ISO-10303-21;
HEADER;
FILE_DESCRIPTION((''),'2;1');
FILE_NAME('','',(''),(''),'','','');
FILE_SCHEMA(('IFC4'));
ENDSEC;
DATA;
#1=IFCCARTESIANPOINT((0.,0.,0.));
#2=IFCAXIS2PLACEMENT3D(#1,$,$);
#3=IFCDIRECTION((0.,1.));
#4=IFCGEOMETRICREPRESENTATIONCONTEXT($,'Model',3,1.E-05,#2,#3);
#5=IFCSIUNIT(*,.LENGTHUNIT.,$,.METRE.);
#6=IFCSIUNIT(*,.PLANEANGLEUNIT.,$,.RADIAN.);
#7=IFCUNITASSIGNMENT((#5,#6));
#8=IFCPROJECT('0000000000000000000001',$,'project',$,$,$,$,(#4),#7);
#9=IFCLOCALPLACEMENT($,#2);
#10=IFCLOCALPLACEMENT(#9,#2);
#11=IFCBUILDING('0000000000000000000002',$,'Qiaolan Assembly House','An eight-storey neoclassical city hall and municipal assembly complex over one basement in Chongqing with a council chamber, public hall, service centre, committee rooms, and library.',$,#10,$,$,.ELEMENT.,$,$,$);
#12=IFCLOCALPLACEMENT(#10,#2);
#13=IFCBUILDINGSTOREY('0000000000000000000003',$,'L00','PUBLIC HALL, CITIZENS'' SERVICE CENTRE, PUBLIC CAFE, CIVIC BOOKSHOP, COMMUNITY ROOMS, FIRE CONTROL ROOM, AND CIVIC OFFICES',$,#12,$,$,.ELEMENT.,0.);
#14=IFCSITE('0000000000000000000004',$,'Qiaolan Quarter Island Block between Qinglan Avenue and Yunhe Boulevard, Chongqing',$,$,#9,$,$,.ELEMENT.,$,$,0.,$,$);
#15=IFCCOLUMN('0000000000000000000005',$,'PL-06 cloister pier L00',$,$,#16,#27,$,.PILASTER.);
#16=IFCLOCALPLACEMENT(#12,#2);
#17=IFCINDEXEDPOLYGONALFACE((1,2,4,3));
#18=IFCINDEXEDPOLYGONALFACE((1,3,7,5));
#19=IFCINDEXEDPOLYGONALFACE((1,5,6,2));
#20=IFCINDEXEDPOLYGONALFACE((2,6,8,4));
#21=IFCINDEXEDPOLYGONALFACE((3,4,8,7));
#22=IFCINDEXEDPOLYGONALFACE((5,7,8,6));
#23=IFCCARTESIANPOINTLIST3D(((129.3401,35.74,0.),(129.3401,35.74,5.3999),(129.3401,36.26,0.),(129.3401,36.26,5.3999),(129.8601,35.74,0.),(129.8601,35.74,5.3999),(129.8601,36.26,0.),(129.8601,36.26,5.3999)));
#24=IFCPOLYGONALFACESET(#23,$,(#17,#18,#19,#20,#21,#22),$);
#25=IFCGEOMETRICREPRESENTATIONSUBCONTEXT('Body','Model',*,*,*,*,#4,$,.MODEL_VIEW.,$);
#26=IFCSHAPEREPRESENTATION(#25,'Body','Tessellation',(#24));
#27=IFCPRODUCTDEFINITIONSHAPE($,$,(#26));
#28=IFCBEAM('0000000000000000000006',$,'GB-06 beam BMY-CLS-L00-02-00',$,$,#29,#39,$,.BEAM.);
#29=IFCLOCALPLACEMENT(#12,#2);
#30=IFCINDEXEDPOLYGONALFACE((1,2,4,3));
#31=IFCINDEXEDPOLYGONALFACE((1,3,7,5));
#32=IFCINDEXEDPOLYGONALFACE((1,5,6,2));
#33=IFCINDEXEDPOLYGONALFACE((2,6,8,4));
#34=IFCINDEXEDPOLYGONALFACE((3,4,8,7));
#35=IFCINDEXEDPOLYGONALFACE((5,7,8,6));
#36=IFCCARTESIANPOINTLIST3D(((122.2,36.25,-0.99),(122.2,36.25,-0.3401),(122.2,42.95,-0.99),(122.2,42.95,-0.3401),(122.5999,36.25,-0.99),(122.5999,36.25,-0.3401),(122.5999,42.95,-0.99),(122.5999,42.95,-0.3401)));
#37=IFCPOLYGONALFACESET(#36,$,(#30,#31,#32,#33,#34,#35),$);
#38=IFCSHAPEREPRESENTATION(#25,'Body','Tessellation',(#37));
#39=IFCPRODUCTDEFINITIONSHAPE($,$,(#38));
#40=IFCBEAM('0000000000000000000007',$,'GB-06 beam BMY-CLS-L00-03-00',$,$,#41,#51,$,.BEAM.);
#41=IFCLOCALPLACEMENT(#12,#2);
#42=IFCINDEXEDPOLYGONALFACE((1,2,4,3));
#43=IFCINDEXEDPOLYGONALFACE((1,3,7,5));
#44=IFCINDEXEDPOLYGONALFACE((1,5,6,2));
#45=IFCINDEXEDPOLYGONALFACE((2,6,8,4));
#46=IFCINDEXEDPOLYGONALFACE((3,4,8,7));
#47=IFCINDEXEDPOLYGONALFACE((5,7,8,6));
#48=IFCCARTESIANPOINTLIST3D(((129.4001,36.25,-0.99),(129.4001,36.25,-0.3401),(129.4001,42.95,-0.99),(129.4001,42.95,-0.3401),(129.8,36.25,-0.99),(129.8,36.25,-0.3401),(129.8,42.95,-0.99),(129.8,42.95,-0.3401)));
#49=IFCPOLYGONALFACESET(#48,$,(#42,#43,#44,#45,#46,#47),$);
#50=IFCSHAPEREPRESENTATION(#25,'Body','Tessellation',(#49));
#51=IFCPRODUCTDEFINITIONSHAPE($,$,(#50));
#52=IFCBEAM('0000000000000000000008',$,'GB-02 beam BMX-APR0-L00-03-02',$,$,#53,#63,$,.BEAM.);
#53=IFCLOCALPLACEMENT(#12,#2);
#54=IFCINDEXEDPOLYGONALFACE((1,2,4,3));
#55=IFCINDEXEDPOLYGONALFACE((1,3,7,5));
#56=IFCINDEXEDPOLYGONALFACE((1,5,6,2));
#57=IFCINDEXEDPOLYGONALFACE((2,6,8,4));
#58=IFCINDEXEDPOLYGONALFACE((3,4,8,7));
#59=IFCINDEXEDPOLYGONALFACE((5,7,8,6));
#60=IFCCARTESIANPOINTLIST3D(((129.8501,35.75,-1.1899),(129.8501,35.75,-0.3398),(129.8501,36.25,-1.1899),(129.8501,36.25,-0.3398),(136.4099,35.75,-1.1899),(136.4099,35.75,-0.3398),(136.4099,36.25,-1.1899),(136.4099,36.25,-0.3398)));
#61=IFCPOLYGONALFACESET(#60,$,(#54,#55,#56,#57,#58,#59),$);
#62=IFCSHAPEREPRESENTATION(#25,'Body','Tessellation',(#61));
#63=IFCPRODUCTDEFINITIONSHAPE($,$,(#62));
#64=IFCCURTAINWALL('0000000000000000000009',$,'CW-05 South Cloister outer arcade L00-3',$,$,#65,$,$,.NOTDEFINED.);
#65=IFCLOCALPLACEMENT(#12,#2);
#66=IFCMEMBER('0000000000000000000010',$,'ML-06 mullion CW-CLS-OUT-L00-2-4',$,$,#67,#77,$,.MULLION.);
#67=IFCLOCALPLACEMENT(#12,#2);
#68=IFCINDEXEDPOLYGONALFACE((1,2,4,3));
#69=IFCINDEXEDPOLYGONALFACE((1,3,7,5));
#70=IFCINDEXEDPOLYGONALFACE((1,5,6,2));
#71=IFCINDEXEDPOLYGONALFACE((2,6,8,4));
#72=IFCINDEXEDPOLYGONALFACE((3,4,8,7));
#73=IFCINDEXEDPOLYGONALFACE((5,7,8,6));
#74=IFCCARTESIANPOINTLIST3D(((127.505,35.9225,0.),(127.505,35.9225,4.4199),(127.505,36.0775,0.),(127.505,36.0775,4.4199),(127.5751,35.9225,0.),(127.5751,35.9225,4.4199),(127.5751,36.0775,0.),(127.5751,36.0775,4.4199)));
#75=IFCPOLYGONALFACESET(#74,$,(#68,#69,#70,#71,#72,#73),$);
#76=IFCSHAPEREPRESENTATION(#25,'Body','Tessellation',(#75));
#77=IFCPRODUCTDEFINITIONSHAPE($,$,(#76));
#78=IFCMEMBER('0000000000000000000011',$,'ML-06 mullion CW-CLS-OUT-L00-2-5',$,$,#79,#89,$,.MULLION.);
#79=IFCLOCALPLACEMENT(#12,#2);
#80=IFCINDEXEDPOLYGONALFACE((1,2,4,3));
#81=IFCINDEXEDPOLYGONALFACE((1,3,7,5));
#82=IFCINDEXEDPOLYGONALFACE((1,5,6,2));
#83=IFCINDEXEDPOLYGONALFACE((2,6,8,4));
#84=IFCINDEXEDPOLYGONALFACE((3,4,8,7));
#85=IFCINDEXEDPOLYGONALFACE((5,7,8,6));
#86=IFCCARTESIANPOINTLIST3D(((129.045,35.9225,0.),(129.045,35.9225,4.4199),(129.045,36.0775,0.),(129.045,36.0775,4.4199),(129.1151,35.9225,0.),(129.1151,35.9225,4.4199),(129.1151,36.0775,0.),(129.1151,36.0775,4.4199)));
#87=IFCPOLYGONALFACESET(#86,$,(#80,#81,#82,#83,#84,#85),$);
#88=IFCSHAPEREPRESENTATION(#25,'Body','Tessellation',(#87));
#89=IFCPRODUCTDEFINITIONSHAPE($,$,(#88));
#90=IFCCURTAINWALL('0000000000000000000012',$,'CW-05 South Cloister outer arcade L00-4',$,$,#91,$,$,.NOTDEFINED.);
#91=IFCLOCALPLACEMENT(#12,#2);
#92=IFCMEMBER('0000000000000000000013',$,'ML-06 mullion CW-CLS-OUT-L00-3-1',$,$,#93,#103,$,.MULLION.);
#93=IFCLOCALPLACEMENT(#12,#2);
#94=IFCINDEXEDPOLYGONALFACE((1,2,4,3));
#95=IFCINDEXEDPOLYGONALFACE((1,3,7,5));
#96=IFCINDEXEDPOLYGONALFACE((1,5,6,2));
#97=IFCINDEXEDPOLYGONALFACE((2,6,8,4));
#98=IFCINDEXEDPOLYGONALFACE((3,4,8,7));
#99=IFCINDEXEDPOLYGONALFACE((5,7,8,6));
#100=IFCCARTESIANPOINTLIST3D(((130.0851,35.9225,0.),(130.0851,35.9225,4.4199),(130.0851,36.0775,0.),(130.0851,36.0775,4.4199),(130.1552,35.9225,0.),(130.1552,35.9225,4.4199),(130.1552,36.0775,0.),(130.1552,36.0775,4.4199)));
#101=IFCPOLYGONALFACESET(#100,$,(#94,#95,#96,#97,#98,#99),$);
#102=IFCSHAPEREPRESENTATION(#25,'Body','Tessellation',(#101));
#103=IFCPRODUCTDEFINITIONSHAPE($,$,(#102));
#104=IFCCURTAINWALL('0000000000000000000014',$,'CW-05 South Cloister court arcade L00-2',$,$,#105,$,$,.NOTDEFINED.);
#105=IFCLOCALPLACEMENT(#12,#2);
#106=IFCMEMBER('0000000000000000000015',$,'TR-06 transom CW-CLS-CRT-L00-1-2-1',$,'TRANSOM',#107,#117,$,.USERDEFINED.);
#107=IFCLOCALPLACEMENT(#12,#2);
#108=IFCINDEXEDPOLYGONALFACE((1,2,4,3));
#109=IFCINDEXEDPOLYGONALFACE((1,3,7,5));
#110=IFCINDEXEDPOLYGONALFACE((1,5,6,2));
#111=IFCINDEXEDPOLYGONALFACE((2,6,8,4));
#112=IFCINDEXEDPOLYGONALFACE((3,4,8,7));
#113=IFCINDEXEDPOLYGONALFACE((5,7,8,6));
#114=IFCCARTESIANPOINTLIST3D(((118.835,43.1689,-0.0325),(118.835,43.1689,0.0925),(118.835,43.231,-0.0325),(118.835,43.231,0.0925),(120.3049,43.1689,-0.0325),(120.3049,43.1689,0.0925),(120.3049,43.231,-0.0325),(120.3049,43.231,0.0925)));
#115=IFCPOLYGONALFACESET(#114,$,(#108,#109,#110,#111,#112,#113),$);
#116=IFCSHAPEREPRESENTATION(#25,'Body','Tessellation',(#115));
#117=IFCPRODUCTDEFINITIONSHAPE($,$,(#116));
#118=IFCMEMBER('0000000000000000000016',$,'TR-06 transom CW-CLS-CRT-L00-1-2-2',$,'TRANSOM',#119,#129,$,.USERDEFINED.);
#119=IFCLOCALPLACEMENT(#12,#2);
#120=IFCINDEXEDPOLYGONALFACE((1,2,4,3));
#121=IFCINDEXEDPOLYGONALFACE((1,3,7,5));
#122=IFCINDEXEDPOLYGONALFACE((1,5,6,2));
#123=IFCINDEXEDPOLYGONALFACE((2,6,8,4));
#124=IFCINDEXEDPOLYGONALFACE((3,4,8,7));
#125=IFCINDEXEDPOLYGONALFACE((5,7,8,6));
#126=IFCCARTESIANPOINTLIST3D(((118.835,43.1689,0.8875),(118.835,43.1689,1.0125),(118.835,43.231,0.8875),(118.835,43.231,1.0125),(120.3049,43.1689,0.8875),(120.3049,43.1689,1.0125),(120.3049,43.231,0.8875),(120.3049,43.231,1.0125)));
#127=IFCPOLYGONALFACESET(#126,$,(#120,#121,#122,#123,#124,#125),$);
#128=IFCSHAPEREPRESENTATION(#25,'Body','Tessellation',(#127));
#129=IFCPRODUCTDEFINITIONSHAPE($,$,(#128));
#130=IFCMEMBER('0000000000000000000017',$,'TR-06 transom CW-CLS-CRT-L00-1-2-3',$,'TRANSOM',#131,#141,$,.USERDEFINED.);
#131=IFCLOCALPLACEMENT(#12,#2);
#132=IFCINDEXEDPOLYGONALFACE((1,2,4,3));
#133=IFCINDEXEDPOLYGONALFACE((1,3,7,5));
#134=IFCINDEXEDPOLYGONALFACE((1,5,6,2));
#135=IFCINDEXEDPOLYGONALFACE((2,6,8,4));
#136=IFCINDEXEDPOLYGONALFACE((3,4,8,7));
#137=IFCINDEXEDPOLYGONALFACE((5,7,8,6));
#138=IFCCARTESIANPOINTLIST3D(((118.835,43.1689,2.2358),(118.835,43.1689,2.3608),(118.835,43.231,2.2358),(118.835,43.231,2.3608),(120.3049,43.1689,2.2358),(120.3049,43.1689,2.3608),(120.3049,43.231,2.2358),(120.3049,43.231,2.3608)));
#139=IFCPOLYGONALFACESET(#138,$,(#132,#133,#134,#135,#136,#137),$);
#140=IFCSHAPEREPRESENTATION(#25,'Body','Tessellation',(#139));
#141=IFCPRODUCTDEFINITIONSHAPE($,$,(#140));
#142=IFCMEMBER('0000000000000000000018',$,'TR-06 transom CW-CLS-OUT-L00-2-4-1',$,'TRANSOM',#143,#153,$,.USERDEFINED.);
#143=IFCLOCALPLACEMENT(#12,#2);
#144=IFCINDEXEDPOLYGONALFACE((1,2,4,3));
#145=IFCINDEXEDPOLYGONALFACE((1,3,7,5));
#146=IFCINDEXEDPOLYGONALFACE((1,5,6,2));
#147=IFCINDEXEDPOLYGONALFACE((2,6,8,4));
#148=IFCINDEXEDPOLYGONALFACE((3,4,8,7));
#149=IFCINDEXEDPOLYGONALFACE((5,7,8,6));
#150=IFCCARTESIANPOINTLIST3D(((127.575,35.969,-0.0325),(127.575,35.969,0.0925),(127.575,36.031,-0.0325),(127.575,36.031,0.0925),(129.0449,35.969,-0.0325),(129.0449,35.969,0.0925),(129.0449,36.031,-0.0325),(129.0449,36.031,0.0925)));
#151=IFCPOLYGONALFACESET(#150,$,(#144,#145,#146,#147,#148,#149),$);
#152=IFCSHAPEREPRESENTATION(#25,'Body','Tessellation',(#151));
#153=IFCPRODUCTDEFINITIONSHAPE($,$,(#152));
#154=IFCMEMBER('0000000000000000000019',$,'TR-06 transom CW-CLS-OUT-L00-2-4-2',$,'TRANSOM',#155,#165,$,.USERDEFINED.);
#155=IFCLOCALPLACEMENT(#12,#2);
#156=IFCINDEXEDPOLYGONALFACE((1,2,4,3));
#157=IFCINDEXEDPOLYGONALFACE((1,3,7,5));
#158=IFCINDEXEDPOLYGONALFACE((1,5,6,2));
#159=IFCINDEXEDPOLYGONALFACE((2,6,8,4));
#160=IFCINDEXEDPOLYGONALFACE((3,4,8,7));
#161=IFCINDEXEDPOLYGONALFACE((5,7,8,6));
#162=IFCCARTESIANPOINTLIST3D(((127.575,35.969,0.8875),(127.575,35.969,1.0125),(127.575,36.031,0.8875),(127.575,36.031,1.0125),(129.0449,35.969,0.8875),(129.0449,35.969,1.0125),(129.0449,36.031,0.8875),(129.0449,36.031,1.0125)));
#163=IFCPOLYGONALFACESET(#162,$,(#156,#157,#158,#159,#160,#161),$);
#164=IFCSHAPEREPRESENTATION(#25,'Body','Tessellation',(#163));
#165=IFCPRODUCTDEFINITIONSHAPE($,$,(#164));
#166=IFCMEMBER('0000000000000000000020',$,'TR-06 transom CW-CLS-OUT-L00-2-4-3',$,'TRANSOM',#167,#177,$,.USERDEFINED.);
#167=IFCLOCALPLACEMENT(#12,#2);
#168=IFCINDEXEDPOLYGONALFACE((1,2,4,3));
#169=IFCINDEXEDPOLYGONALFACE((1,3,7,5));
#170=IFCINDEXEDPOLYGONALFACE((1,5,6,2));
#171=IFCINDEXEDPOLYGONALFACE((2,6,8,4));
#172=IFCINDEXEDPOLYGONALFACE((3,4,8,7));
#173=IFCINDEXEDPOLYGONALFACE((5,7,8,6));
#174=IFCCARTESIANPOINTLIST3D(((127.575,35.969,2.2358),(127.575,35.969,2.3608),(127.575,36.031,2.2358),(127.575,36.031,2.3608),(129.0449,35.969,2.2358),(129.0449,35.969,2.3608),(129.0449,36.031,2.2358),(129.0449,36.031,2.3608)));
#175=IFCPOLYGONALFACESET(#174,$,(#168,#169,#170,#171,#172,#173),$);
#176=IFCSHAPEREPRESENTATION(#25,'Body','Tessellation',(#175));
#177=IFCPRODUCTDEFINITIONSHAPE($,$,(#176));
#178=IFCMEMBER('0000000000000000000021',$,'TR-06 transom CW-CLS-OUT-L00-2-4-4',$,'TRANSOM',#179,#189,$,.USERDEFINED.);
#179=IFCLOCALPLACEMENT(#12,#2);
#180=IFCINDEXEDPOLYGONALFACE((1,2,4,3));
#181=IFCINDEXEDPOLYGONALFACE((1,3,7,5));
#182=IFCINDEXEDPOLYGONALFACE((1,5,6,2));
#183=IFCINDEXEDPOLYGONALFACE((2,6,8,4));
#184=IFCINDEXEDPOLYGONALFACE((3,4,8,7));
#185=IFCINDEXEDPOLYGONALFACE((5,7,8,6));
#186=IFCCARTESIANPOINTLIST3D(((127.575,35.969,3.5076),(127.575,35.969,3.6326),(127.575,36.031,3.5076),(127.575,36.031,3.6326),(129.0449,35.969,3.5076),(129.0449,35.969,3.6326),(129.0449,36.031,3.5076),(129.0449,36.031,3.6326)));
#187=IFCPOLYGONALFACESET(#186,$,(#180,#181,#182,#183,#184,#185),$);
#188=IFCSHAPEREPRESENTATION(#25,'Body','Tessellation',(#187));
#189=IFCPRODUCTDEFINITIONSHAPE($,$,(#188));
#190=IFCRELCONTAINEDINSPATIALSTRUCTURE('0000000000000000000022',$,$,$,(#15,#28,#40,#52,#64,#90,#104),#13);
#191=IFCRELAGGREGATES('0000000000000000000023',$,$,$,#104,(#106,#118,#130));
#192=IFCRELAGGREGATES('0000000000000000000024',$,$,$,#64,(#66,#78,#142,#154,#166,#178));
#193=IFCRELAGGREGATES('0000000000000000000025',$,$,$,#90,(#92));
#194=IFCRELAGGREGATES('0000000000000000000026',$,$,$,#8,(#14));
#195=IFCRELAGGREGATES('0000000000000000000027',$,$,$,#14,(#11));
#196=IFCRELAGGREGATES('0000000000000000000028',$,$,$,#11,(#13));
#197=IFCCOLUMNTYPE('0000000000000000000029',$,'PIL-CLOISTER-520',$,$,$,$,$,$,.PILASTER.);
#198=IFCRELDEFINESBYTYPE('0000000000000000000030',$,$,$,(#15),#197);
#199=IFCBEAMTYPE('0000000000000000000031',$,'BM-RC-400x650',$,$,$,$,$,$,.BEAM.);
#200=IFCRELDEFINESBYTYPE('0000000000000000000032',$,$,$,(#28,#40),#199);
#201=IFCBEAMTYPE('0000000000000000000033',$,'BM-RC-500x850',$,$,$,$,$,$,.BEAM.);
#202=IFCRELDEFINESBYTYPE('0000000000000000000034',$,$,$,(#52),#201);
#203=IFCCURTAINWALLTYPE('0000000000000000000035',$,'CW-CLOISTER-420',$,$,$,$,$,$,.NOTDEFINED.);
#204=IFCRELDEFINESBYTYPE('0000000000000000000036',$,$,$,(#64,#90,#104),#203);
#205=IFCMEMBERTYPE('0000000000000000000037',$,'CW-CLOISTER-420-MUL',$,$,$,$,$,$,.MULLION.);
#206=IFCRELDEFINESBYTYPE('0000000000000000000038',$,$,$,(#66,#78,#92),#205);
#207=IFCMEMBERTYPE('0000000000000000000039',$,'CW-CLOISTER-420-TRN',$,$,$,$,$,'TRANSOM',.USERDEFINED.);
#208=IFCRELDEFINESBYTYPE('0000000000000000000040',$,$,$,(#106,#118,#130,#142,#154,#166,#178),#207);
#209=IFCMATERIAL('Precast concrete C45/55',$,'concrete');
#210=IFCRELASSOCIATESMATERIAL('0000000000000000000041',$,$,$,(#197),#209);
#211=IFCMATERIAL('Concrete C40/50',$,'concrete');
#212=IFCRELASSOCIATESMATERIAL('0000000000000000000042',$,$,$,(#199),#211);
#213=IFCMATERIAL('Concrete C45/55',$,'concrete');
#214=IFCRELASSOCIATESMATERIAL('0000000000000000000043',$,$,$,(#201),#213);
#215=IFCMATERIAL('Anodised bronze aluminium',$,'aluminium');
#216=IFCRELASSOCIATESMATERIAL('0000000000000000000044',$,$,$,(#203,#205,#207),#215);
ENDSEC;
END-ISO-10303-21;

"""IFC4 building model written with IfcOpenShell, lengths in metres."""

from ifc_helpers import new_model, si_unit, direction, frame, origin, origin_2d, place, context, subcontext, project, spatial, rectangle, extrude, material, material_profile, profile_set, type_object, element, aggregate, save


model = new_model("IFC4")

# Units and contexts
model_context = context("Model", 3, precision=1e-05, world=origin(), true_north=direction((0.0, 1.0)))
body_context = subcontext(model_context, "Body", "Model", "MODEL_VIEW")
ifc_project = project(units=[si_unit("LENGTHUNIT", "METRE"), si_unit("PLANEANGLEUNIT", "RADIAN")], contexts=[model_context])

# Site, building, storey
site_placement = place(None, origin())
site = spatial("IfcSite", under=ifc_project, at=site_placement, Name="Qiaolan Quarter Island Block between Qinglan Avenue and Yunhe Boulevard, Chongqing", CompositionType="ELEMENT", RefElevation=0.0)
building_placement = place(site_placement, origin())
building = spatial("IfcBuilding", under=site, at=building_placement, Name="Qiaolan Assembly House", Description="An eight-storey neoclassical city hall and municipal assembly complex over one basement in Chongqing with a council chamber, public hall, service centre, committee rooms, and library.", CompositionType="ELEMENT")
storey_placement = place(building_placement, origin())
storey = spatial("IfcBuildingStorey", under=building, at=storey_placement, Name="L00", Description="PUBLIC HALL, CITIZENS' SERVICE CENTRE, PUBLIC CAFE, CIVIC BOOKSHOP, COMMUNITY ROOMS, FIRE CONTROL ROOM, AND CIVIC OFFICES", CompositionType="ELEMENT", Elevation=0.0)

# Column
ifc_material_1 = material(Name="Precast concrete C45/55", Category="concrete")
ifc_material_profile_1 = material_profile(ifc_material_1, rectangle(XDim=0.52, YDim=0.52, at=origin_2d()), Name="PIL 520x520")
ifc_profile_set_1 = profile_set([ifc_material_profile_1], Name="Precast concrete C45/55")
column_type = type_object("IfcColumnType", Name="PIL-CLOISTER-520", PredefinedType="PILASTER", material=ifc_profile_set_1)
column_placement = place(storey_placement, frame((129.6001, 36.0, 0.0), z_axis=(0.0, 0.0, 1.0), x_axis=(1.0, 0.0, 0.0)))
element("IfcColumn", 1, at=column_placement, inside=storey, type_object=column_type, Name="PL-06 cloister pier L00", PredefinedType="PILASTER", context=body_context, shape_type="SweptSolid", body=[
    extrude(rectangle(XDim=0.52, YDim=0.52, at=origin_2d()), origin(), (0.0, 0.0, 1.0), 5.3999),
])

# Beams
ifc_material_2 = material(Name="Concrete C40/50", Category="concrete")
ifc_material_profile_2 = material_profile(ifc_material_2, rectangle(XDim=0.3999, YDim=0.6499, at=origin_2d()), Name="RCB 400x650")
ifc_profile_set_2 = profile_set([ifc_material_profile_2], Name="Concrete C40/50")
beam_type_1 = type_object("IfcBeamType", Name="BM-RC-400x650", PredefinedType="BEAM", material=ifc_profile_set_2)
for number, where, z_axis, x_axis, name in (
    (2, (122.3999, 36.25, -0.665), (0.0, 1.0, 0.0), (-1.0, 0.0, 0.0), "GB-06 beam BMY-CLS-L00-02-00"),
    (3, (129.6001, 36.25, -0.665), (0.0, 1.0, 0.0), (-1.0, 0.0, 0.0), "GB-06 beam BMY-CLS-L00-03-00"),
):
    element("IfcBeam", number, at=place(storey_placement, frame(where, z_axis=z_axis, x_axis=x_axis)), inside=storey, type_object=beam_type_1, Name=name, PredefinedType="BEAM", context=body_context, shape_type="SweptSolid", body=[
        extrude(rectangle(XDim=0.3999, YDim=0.6499, at=origin_2d()), origin(), (0.0, 0.0, 1.0), 6.7),
    ])
ifc_material_3 = material(Name="Concrete C45/55", Category="concrete")
ifc_material_profile_3 = material_profile(ifc_material_3, rectangle(XDim=0.5, YDim=0.8501, at=origin_2d()), Name="RCB 500x850")
ifc_profile_set_3 = profile_set([ifc_material_profile_3], Name="Concrete C45/55")
beam_type_2 = type_object("IfcBeamType", Name="BM-RC-500x850", PredefinedType="BEAM", material=ifc_profile_set_3)
beam_placement = place(storey_placement, frame((129.8501, 36.0, -0.7649), z_axis=(1.0, 0.0, 0.0), x_axis=(0.0, 1.0, 0.0)))
element("IfcBeam", 4, at=beam_placement, inside=storey, type_object=beam_type_2, Name="GB-02 beam BMX-APR0-L00-03-02", PredefinedType="BEAM", context=body_context, shape_type="SweptSolid", body=[
    extrude(rectangle(XDim=0.5, YDim=0.8501, at=origin_2d()), origin(), (0.0, 0.0, 1.0), 6.5598),
])

# Curtain wall, members
ifc_material_4 = material(Name="Anodised bronze aluminium", Category="aluminium")
curtain_wall_type = type_object("IfcCurtainWallType", Name="CW-CLOISTER-420", PredefinedType="NOTDEFINED", material=ifc_material_4)
curtain_wall_1_placement = place(storey_placement, origin())
curtain_wall_1 = element("IfcCurtainWall", 5, at=curtain_wall_1_placement, inside=storey, type_object=curtain_wall_type, Name="CW-05 South Cloister outer arcade L00-3", PredefinedType="NOTDEFINED")
ifc_material_profile_4 = material_profile(ifc_material_4, rectangle(XDim=0.0701, YDim=0.155, at=origin_2d()), Name="MUL 70x155")
ifc_profile_set_4 = profile_set([ifc_material_profile_4], Name="Anodised bronze aluminium")
member_type_1 = type_object("IfcMemberType", Name="CW-CLOISTER-420-MUL", PredefinedType="MULLION", material=ifc_profile_set_4)
member_1_placement = place(storey_placement, frame((127.54, 36.0, 0.0), z_axis=(0.0, 0.0, 1.0), x_axis=(1.0, 0.0, 0.0)))
member_1 = element("IfcMember", 6, at=member_1_placement, type_object=member_type_1, Name="ML-06 mullion CW-CLS-OUT-L00-2-4", PredefinedType="MULLION", context=body_context, shape_type="SweptSolid", body=[
    extrude(rectangle(XDim=0.0701, YDim=0.155, at=origin_2d()), origin(), (0.0, 0.0, 1.0), 4.4199),
])
member_2_placement = place(storey_placement, frame((129.0801, 36.0, 0.0), z_axis=(0.0, 0.0, 1.0), x_axis=(1.0, 0.0, 0.0)))
member_2 = element("IfcMember", 7, at=member_2_placement, type_object=member_type_1, Name="ML-06 mullion CW-CLS-OUT-L00-2-5", PredefinedType="MULLION", context=body_context, shape_type="SweptSolid", body=[
    extrude(rectangle(XDim=0.0701, YDim=0.155, at=origin_2d()), origin(), (0.0, 0.0, 1.0), 4.4199),
])

# Curtain wall, member
curtain_wall_2_placement = place(storey_placement, origin())
curtain_wall_2 = element("IfcCurtainWall", 8, at=curtain_wall_2_placement, inside=storey, type_object=curtain_wall_type, Name="CW-05 South Cloister outer arcade L00-4", PredefinedType="NOTDEFINED")
member_3_placement = place(storey_placement, frame((130.1201, 36.0, 0.0), z_axis=(0.0, 0.0, 1.0), x_axis=(1.0, 0.0, 0.0)))
member_3 = element("IfcMember", 9, at=member_3_placement, type_object=member_type_1, Name="ML-06 mullion CW-CLS-OUT-L00-3-1", PredefinedType="MULLION", context=body_context, shape_type="SweptSolid", body=[
    extrude(rectangle(XDim=0.0701, YDim=0.155, at=origin_2d()), origin(), (0.0, 0.0, 1.0), 4.4199),
])

# Curtain wall, members
curtain_wall_3_placement = place(storey_placement, origin())
curtain_wall_3 = element("IfcCurtainWall", 10, at=curtain_wall_3_placement, inside=storey, type_object=curtain_wall_type, Name="CW-05 South Cloister court arcade L00-2", PredefinedType="NOTDEFINED")
ifc_material_profile_5 = material_profile(ifc_material_4, rectangle(XDim=0.062, YDim=0.125, at=origin_2d()), Name="TRN 62x125")
ifc_profile_set_5 = profile_set([ifc_material_profile_5], Name="Anodised bronze aluminium")
member_type_2 = type_object("IfcMemberType", Name="CW-CLOISTER-420-TRN", ElementType="TRANSOM", PredefinedType="USERDEFINED", material=ifc_profile_set_5)
member_4_placement = place(storey_placement, frame((120.3049, 43.2, 0.03), z_axis=(-1.0, 0.0, 0.0), x_axis=(0.0, -1.0, 0.0)))
member_4 = element("IfcMember", 11, at=member_4_placement, type_object=member_type_2, Name="TR-06 transom CW-CLS-CRT-L00-1-2-1", ObjectType="TRANSOM", PredefinedType="USERDEFINED", context=body_context, shape_type="SweptSolid", body=[
    extrude(rectangle(XDim=0.062, YDim=0.125, at=origin_2d()), origin(), (0.0, 0.0, 1.0), 1.47),
])
member_5_placement = place(storey_placement, frame((120.3049, 43.2, 0.95), z_axis=(-1.0, 0.0, 0.0), x_axis=(0.0, -1.0, 0.0)))
member_5 = element("IfcMember", 12, at=member_5_placement, type_object=member_type_2, Name="TR-06 transom CW-CLS-CRT-L00-1-2-2", ObjectType="TRANSOM", PredefinedType="USERDEFINED", context=body_context, shape_type="SweptSolid", body=[
    extrude(rectangle(XDim=0.062, YDim=0.125, at=origin_2d()), origin(), (0.0, 0.0, 1.0), 1.47),
])
member_6_placement = place(storey_placement, frame((120.3049, 43.2, 2.2983), z_axis=(-1.0, 0.0, 0.0), x_axis=(0.0, -1.0, 0.0)))
member_6 = element("IfcMember", 13, at=member_6_placement, type_object=member_type_2, Name="TR-06 transom CW-CLS-CRT-L00-1-2-3", ObjectType="TRANSOM", PredefinedType="USERDEFINED", context=body_context, shape_type="SweptSolid", body=[
    extrude(rectangle(XDim=0.062, YDim=0.125, at=origin_2d()), origin(), (0.0, 0.0, 1.0), 1.47),
])
aggregate(curtain_wall_3, [member_4, member_5, member_6])

# Members
member_7_placement = place(storey_placement, frame((127.575, 36.0, 0.03), z_axis=(1.0, 0.0, 0.0), x_axis=(0.0, 1.0, 0.0)))
member_7 = element("IfcMember", 14, at=member_7_placement, type_object=member_type_2, Name="TR-06 transom CW-CLS-OUT-L00-2-4-1", ObjectType="TRANSOM", PredefinedType="USERDEFINED", context=body_context, shape_type="SweptSolid", body=[
    extrude(rectangle(XDim=0.062, YDim=0.125, at=origin_2d()), origin(), (0.0, 0.0, 1.0), 1.47),
])
member_8_placement = place(storey_placement, frame((127.575, 36.0, 0.95), z_axis=(1.0, 0.0, 0.0), x_axis=(0.0, 1.0, 0.0)))
member_8 = element("IfcMember", 15, at=member_8_placement, type_object=member_type_2, Name="TR-06 transom CW-CLS-OUT-L00-2-4-2", ObjectType="TRANSOM", PredefinedType="USERDEFINED", context=body_context, shape_type="SweptSolid", body=[
    extrude(rectangle(XDim=0.062, YDim=0.125, at=origin_2d()), origin(), (0.0, 0.0, 1.0), 1.47),
])
member_9_placement = place(storey_placement, frame((127.575, 36.0, 2.2983), z_axis=(1.0, 0.0, 0.0), x_axis=(0.0, 1.0, 0.0)))
member_9 = element("IfcMember", 16, at=member_9_placement, type_object=member_type_2, Name="TR-06 transom CW-CLS-OUT-L00-2-4-3", ObjectType="TRANSOM", PredefinedType="USERDEFINED", context=body_context, shape_type="SweptSolid", body=[
    extrude(rectangle(XDim=0.062, YDim=0.125, at=origin_2d()), origin(), (0.0, 0.0, 1.0), 1.47),
])
member_10_placement = place(storey_placement, frame((127.575, 36.0, 3.5701), z_axis=(1.0, 0.0, 0.0), x_axis=(0.0, 1.0, 0.0)))
member_10 = element("IfcMember", 17, at=member_10_placement, type_object=member_type_2, Name="TR-06 transom CW-CLS-OUT-L00-2-4-4", ObjectType="TRANSOM", PredefinedType="USERDEFINED", context=body_context, shape_type="SweptSolid", body=[
    extrude(rectangle(XDim=0.062, YDim=0.125, at=origin_2d()), origin(), (0.0, 0.0, 1.0), 1.47),
])

aggregate(curtain_wall_1, [member_1, member_2, member_7, member_8, member_9, member_10])
aggregate(curtain_wall_2, [member_3])

save(model, "model.ifc")
